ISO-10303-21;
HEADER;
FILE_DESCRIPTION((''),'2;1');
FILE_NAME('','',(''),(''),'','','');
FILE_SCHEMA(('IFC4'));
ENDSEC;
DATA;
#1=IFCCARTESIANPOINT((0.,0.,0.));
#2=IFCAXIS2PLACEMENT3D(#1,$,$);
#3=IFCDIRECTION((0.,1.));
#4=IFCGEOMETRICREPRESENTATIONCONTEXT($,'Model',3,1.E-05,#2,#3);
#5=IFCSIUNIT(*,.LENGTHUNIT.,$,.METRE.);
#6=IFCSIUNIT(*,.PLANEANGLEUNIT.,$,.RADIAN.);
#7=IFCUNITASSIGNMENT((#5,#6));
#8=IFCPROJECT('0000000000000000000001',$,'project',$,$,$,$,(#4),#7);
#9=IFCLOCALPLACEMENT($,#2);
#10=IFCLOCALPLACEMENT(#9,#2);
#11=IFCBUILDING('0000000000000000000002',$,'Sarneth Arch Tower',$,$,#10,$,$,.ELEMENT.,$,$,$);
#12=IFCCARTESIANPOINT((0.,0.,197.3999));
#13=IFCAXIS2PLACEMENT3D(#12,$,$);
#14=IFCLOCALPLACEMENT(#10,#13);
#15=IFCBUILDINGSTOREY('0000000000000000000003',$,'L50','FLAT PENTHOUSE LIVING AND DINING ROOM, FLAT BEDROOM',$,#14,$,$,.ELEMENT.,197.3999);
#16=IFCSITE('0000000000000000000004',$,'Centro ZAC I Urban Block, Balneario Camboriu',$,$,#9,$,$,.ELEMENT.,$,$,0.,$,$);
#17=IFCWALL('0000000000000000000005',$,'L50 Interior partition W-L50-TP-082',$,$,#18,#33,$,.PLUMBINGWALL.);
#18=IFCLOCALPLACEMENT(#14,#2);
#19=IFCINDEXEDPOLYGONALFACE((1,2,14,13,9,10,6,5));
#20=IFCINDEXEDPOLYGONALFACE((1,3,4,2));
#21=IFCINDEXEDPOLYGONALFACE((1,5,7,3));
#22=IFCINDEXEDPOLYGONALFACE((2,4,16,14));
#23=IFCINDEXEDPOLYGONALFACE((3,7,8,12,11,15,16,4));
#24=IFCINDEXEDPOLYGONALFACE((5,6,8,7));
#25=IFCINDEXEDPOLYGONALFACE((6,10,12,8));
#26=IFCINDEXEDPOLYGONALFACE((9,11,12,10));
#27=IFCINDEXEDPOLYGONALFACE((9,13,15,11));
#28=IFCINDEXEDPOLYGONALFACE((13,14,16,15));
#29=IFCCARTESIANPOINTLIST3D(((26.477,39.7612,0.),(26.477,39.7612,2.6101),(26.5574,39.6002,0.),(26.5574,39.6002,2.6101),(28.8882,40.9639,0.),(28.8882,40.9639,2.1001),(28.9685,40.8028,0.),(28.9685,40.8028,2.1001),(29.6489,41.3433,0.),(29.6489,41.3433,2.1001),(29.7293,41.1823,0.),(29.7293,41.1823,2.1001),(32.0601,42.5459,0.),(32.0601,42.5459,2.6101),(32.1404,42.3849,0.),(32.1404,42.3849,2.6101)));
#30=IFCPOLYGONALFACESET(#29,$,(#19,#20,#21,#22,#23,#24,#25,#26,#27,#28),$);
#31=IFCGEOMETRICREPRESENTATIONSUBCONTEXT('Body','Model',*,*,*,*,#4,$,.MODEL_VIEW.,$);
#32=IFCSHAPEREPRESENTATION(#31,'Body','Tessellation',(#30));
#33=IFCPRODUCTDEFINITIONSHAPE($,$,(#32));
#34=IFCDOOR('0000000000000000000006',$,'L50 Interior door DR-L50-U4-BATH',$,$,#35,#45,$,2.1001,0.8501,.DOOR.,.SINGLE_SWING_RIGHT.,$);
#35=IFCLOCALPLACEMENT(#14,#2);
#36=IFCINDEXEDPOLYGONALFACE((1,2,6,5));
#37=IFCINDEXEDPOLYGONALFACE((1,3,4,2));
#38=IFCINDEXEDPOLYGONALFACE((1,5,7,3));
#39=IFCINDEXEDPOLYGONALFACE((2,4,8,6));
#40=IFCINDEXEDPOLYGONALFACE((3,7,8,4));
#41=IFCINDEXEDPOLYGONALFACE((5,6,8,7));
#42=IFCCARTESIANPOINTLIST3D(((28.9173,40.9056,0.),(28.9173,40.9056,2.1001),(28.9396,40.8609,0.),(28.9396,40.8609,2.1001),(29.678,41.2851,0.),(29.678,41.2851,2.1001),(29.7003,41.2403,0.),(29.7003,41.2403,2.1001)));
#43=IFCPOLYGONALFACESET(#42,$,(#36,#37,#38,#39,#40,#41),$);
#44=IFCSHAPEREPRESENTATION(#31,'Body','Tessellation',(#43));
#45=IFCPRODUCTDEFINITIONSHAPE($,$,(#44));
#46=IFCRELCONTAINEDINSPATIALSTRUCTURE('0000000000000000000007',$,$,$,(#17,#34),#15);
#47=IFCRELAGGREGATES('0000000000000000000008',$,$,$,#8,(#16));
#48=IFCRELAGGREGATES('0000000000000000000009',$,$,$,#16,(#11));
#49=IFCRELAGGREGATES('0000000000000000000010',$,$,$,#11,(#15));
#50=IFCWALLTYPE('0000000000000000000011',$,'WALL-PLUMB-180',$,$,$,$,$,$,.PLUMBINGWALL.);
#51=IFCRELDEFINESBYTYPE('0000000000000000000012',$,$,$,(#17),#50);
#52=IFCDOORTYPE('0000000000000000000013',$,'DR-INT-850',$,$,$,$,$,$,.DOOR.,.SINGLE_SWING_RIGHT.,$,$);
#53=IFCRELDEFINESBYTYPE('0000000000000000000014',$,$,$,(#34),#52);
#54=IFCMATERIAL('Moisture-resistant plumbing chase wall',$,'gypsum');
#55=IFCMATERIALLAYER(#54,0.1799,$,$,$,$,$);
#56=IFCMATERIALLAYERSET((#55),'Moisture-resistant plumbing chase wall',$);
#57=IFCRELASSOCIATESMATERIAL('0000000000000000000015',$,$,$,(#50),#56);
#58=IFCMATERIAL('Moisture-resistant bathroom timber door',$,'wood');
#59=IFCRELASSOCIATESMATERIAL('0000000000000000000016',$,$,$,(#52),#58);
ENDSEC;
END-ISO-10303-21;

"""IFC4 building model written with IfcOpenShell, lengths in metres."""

from ifc_helpers import new_model, si_unit, direction, frame, frame_2d, origin, place, context, subcontext, project, spatial, rectangle, extrude, material, layer, layer_set, type_object, element, fill, save


model = new_model("IFC4")

# Units and contexts
model_context = context("Model", 3, precision=1e-05, world=origin(), true_north=direction((0.0, 1.0)))
body_context = subcontext(model_context, "Body", "Model", "MODEL_VIEW")
ifc_project = project(units=[si_unit("LENGTHUNIT", "METRE"), si_unit("PLANEANGLEUNIT", "RADIAN")], contexts=[model_context])

# Site, building, storey
site_placement = place(None, origin())
site = spatial("IfcSite", under=ifc_project, at=site_placement, Name="Centro ZAC I Urban Block, Balneario Camboriu", CompositionType="ELEMENT", RefElevation=0.0)
building_placement = place(site_placement, origin())
building = spatial("IfcBuilding", under=site, at=building_placement, Name="Sarneth Arch Tower", CompositionType="ELEMENT")
storey_placement = place(building_placement, frame((0.0, 0.0, 197.3999)))
storey = spatial("IfcBuildingStorey", under=building, at=storey_placement, Name="L50", Description="FLAT PENTHOUSE LIVING AND DINING ROOM, FLAT BEDROOM", CompositionType="ELEMENT", Elevation=197.3999)

# Wall, opening, door
ifc_material_1 = material(Name="Moisture-resistant plumbing chase wall", Category="gypsum")
ifc_layer_1 = layer(ifc_material_1, 0.1799)
ifc_layer_set_1 = layer_set([ifc_layer_1], Name="Moisture-resistant plumbing chase wall")
wall_type_1 = type_object("IfcWallType", Name="WALL-PLUMB-180", PredefinedType="PLUMBINGWALL", material=ifc_layer_set_1)
wall_1_placement = place(storey_placement, frame((26.5171, 39.6807, 0.0), z_axis=(0.0, 0.0, 1.0), x_axis=(0.894865, 0.446337, 0.0)))
wall_1 = element("IfcWall", 1, at=wall_1_placement, inside=storey, type_object=wall_type_1, Name="L50 Interior partition W-L50-TP-082", PredefinedType="PLUMBINGWALL", context=body_context, shape_type="SweptSolid", body=[
    extrude(rectangle(XDim=6.239, YDim=0.1799, at=frame_2d((3.1196, 0.0))), origin(), (0.0, 0.0, 1.0), 2.6101),
])
opening_1_placement = place(wall_1_placement, frame((2.6946, 0.0, 0.0)))
opening_1 = element("IfcOpeningElement", 2, at=opening_1_placement, cuts=wall_1, PredefinedType="OPENING", context=body_context, shape_type="SweptSolid", body=[
    extrude(rectangle(XDim=0.8501, YDim=2.1001, at=frame_2d((0.425, 1.05))), frame((0.0, 0.0999, 0.0), z_axis=(0.0, -1.0, 0.0), x_axis=(1.0, 0.0, 0.0)), (0.0, 0.0, 1.0), 0.2),
])
ifc_material_2 = material(Name="Moisture-resistant bathroom timber door", Category="wood")
door_type_1 = type_object("IfcDoorType", Name="DR-INT-850", OperationType="SINGLE_SWING_RIGHT", PredefinedType="DOOR", material=ifc_material_2)
door_1_placement = place(opening_1_placement, origin())
door_1 = element("IfcDoor", 3, at=door_1_placement, inside=storey, type_object=door_type_1, Name="L50 Interior door DR-L50-U4-BATH", OperationType="SINGLE_SWING_RIGHT", OverallHeight=2.1001, OverallWidth=0.8501, PredefinedType="DOOR", context=body_context, shape_type="SweptSolid", body=[
    extrude(rectangle(XDim=0.8501, YDim=2.1001, at=frame_2d((0.425, 1.05))), frame((0.0, 0.0249, 0.0), z_axis=(0.0, -1.0, 0.0), x_axis=(1.0, 0.0, 0.0)), (0.0, 0.0, 1.0), 0.05),
])
fill(opening_1, door_1)

save(model, "model.ifc")
